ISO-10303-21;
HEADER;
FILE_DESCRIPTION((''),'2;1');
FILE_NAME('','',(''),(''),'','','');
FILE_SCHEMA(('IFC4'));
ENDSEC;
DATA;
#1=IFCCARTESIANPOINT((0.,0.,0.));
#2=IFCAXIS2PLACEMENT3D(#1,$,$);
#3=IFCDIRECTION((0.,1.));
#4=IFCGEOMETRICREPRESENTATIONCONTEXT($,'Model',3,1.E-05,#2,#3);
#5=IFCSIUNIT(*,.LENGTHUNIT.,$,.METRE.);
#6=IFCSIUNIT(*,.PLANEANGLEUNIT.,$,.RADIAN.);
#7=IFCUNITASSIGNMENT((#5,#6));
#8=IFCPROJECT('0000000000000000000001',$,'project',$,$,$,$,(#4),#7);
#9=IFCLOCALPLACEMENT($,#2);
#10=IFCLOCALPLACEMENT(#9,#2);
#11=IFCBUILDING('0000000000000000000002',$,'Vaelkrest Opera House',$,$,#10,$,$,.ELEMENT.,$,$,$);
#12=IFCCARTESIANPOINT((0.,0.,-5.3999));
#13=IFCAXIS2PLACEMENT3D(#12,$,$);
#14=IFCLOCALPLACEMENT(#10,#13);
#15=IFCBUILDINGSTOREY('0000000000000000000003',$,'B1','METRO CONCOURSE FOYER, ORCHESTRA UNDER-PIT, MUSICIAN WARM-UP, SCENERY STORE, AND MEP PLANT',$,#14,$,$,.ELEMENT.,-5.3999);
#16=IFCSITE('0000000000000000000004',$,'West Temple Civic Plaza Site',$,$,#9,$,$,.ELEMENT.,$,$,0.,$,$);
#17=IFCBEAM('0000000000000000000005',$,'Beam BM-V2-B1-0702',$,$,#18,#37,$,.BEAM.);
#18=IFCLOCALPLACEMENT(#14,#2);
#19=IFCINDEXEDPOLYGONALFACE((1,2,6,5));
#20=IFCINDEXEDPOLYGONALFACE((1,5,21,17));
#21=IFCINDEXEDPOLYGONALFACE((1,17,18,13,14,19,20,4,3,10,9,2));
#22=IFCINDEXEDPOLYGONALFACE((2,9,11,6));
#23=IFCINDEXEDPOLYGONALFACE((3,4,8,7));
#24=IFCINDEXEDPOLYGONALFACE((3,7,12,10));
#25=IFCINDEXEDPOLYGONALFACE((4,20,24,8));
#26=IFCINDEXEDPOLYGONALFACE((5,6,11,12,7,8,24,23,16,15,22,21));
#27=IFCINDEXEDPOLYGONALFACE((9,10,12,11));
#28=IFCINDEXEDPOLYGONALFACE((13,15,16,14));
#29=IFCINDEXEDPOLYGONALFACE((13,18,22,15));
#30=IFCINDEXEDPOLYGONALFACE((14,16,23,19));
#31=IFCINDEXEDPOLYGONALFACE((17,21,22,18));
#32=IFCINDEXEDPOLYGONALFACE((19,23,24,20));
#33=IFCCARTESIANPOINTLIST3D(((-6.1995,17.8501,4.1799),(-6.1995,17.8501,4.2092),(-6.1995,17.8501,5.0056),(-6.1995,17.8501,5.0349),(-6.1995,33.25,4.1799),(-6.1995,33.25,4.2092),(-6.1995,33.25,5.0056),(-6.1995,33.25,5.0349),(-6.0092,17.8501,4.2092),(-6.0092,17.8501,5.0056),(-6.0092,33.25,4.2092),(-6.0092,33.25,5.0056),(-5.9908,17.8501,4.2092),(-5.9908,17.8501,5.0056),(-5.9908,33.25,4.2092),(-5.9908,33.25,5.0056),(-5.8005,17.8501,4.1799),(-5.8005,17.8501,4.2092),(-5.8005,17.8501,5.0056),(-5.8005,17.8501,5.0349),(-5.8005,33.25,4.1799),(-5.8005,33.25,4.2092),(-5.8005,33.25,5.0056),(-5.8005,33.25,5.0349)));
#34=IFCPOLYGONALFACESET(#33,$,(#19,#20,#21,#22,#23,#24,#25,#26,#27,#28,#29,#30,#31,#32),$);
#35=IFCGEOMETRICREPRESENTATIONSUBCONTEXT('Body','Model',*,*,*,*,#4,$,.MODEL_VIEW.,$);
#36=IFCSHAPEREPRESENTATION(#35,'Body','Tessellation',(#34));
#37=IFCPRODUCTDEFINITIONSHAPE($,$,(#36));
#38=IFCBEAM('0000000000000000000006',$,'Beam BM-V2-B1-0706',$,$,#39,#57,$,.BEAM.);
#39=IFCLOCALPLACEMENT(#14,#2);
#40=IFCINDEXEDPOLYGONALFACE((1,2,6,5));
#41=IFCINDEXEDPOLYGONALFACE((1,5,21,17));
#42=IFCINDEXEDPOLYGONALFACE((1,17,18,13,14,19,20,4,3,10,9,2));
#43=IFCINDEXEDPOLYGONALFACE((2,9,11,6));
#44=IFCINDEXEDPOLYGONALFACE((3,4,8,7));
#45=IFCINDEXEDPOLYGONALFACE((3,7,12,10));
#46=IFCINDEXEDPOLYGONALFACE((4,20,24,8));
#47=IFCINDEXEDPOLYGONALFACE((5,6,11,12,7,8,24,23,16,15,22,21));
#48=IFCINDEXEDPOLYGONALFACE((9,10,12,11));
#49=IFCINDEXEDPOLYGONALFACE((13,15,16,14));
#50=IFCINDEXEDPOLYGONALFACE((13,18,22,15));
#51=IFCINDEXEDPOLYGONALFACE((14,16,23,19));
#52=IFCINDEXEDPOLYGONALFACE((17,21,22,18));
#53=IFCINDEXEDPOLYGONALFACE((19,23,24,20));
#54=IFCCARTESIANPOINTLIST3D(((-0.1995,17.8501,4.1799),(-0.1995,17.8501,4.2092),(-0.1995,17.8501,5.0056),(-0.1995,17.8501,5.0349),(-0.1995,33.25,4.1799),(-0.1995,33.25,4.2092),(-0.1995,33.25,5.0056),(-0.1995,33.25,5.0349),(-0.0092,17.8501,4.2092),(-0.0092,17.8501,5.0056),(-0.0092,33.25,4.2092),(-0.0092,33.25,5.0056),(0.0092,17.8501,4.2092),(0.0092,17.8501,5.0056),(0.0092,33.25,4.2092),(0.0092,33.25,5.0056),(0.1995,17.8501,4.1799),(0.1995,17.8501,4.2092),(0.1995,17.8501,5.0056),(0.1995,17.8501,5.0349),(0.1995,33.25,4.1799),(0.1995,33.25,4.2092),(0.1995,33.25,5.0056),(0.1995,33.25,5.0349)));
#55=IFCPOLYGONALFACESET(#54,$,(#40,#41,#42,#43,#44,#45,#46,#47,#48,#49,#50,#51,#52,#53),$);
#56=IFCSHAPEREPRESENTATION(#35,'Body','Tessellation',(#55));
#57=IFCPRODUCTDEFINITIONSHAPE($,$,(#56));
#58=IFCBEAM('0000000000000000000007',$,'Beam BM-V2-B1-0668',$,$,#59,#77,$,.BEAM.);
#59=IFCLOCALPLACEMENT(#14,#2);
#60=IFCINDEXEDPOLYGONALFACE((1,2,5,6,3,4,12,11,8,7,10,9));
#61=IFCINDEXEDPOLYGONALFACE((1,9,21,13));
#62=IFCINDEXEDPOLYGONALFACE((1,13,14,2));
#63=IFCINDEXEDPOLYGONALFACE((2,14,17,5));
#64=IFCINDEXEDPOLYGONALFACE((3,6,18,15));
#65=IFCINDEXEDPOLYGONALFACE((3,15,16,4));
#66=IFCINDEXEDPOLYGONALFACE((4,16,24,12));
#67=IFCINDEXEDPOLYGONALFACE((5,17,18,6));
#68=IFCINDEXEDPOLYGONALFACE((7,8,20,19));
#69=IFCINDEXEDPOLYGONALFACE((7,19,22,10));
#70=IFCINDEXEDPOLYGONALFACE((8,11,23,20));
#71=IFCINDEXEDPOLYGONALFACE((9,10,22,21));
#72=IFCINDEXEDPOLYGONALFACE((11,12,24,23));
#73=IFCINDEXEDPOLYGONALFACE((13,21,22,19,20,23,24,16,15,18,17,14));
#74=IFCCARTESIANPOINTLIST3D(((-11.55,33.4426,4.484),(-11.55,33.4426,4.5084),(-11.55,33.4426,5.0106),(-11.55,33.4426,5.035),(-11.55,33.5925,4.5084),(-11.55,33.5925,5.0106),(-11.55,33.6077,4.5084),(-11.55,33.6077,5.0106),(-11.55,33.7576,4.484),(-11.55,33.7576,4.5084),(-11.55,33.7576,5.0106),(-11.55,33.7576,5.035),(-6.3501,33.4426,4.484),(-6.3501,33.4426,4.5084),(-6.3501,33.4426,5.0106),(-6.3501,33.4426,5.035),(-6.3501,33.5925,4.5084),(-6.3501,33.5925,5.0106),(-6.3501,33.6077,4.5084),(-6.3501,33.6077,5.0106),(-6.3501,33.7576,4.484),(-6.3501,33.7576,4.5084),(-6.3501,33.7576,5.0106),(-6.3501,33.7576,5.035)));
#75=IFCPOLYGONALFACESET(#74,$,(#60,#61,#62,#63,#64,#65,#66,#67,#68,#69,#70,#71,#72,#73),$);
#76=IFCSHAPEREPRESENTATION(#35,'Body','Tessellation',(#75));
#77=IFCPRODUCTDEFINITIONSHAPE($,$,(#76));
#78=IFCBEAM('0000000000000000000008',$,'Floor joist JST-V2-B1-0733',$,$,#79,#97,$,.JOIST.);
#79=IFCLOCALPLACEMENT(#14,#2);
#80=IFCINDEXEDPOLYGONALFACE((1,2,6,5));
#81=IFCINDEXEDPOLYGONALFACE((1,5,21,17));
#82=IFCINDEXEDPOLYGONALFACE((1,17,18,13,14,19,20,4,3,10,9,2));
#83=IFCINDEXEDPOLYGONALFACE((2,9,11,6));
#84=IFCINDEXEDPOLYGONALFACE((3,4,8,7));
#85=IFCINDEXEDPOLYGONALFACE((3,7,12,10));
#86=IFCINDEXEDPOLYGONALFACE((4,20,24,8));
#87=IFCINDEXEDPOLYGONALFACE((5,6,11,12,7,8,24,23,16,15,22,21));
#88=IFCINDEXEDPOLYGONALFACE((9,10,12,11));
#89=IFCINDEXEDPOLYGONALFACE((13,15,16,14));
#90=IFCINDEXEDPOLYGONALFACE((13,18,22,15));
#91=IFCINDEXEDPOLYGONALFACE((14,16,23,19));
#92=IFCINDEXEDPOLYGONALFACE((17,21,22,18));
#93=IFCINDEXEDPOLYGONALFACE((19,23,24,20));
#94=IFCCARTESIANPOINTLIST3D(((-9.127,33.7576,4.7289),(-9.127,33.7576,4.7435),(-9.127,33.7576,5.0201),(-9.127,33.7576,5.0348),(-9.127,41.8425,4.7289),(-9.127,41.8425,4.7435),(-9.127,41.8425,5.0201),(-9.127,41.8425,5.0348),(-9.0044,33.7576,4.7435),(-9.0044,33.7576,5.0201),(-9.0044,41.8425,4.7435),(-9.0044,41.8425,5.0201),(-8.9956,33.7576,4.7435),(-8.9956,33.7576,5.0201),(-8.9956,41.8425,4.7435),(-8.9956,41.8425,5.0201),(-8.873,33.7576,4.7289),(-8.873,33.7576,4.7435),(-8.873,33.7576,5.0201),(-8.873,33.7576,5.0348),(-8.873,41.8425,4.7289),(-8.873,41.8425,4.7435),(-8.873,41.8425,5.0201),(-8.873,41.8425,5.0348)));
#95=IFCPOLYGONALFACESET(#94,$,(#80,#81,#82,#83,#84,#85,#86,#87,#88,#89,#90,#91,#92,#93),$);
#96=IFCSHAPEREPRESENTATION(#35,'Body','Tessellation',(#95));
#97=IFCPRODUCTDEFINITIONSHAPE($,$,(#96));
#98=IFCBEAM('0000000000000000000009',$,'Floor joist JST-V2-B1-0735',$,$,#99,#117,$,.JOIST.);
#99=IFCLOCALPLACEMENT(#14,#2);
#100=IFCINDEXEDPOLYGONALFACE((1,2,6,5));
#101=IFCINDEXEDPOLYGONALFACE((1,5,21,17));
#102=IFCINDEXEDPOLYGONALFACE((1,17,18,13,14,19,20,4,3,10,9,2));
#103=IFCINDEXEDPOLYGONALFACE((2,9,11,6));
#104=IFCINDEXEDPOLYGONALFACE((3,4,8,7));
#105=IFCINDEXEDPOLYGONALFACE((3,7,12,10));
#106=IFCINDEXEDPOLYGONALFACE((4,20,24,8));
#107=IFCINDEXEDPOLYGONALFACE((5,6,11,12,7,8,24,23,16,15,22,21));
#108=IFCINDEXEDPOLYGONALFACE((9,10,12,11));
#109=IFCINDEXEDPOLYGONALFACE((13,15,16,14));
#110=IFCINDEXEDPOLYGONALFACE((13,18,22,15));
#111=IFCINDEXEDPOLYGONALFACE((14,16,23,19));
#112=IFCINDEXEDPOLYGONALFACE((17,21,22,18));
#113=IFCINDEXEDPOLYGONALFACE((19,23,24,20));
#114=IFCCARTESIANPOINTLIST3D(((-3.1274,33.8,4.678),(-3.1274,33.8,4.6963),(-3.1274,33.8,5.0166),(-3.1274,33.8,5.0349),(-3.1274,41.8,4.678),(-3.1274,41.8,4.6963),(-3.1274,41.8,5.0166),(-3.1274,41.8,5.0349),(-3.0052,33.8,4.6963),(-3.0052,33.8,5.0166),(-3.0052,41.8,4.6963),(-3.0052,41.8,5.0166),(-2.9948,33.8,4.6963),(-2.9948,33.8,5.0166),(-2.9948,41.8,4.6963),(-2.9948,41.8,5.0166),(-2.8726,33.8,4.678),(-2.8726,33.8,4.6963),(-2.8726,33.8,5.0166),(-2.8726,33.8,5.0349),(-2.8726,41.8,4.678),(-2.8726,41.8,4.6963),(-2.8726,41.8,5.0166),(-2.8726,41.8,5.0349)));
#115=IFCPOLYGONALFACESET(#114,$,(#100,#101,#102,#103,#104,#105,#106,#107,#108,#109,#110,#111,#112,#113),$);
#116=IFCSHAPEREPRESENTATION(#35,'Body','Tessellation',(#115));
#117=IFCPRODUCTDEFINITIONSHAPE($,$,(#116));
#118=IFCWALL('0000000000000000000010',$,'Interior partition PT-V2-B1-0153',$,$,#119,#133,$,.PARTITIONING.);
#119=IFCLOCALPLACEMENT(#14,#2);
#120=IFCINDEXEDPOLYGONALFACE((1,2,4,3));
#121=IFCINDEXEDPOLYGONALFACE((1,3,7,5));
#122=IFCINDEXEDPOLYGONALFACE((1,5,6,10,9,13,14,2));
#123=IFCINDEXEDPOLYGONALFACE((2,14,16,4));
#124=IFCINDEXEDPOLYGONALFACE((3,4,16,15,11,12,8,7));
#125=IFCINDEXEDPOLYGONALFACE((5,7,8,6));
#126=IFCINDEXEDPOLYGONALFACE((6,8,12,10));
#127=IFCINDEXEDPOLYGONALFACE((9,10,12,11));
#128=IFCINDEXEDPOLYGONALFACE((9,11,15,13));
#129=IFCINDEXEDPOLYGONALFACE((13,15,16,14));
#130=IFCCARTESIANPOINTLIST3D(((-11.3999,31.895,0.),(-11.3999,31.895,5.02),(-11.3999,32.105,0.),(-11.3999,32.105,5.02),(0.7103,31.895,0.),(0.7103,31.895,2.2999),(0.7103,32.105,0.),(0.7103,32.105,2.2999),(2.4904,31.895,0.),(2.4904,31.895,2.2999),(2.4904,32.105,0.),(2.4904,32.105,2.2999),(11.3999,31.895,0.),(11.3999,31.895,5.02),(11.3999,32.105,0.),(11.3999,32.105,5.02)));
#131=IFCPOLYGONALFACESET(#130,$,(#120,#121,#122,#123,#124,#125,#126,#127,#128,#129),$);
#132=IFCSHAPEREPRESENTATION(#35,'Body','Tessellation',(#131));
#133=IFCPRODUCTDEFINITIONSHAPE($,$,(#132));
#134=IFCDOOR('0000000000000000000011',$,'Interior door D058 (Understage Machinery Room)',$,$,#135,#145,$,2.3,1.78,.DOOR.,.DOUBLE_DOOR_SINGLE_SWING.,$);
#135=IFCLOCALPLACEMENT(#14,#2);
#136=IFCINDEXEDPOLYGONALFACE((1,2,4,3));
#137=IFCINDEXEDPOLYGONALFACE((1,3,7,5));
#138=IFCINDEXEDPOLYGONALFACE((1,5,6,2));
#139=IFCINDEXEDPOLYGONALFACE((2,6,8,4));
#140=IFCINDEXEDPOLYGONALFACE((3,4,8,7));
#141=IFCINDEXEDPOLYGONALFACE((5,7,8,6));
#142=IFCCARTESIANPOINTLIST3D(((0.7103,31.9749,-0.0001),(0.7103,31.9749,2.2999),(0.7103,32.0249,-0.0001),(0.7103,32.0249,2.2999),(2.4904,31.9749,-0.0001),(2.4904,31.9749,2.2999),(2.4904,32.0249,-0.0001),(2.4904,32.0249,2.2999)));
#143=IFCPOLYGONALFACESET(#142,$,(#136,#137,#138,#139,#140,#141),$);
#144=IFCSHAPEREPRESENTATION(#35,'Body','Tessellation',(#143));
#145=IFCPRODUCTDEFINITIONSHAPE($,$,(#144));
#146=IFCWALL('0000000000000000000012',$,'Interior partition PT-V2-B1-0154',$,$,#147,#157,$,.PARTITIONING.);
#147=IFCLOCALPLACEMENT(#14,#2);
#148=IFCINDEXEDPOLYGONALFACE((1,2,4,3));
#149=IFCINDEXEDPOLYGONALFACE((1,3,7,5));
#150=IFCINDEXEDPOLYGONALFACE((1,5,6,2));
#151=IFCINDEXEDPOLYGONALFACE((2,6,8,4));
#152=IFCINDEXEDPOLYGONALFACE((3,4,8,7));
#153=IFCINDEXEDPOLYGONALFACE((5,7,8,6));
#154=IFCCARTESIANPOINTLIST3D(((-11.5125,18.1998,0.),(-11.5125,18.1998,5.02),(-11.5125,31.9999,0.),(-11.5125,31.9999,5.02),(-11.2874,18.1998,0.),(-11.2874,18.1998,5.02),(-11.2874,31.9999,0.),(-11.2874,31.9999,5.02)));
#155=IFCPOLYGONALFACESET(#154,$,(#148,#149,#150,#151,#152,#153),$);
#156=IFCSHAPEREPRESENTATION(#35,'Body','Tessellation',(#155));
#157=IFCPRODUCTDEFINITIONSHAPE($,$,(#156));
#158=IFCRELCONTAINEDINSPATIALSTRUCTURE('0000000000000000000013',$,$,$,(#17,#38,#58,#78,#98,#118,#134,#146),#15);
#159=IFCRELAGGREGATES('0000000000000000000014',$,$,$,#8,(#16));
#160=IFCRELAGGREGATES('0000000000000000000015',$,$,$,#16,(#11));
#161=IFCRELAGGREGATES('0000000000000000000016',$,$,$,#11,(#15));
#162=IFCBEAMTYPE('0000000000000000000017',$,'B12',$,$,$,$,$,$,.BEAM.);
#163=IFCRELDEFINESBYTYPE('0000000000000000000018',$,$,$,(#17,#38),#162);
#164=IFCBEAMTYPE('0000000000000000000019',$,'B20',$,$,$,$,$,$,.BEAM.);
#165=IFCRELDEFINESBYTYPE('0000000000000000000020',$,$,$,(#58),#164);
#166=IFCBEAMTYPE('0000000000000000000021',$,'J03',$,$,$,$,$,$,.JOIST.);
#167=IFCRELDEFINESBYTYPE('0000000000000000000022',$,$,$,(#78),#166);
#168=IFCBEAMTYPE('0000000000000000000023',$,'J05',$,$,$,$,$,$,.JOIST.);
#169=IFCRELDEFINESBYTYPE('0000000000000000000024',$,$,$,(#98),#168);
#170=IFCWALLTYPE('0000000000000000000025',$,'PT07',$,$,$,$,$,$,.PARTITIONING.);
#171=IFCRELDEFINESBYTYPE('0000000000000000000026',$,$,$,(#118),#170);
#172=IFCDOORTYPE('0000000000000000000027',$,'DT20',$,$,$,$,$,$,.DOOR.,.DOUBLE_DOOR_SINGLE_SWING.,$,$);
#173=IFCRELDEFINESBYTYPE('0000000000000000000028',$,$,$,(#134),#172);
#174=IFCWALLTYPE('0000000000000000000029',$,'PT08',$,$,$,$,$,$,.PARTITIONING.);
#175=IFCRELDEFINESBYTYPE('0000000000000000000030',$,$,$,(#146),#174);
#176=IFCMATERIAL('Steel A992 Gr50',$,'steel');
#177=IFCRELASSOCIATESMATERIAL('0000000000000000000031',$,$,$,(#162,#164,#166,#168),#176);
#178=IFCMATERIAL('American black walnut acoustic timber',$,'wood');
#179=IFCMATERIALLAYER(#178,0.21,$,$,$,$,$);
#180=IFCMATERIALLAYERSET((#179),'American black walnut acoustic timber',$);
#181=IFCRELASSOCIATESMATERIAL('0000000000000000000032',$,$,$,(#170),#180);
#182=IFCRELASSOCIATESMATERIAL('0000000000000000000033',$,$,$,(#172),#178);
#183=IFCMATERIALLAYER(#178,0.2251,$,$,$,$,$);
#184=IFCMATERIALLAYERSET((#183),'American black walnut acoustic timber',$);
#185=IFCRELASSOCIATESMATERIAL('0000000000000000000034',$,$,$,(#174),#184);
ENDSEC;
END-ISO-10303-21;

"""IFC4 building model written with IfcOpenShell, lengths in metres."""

from ifc_helpers import new_model, si_unit, direction, frame, frame_2d, origin, origin_2d, place, context, subcontext, project, spatial, rectangle, i_section, extrude, material, layer, layer_set, material_profile, profile_set, type_object, element, fill, save


model = new_model("IFC4")

# Units and contexts
model_context = context("Model", 3, precision=1e-05, world=origin(), true_north=direction((0.0, 1.0)))
body_context = subcontext(model_context, "Body", "Model", "MODEL_VIEW")
ifc_project = project(units=[si_unit("LENGTHUNIT", "METRE"), si_unit("PLANEANGLEUNIT", "RADIAN")], contexts=[model_context])

# Site, building, storey
site_placement = place(None, origin())
site = spatial("IfcSite", under=ifc_project, at=site_placement, Name="West Temple Civic Plaza Site", CompositionType="ELEMENT", RefElevation=0.0)
building_placement = place(site_placement, origin())
building = spatial("IfcBuilding", under=site, at=building_placement, Name="Vaelkrest Opera House", CompositionType="ELEMENT")
storey_placement = place(building_placement, frame((0.0, 0.0, -5.3999)))
storey = spatial("IfcBuildingStorey", under=building, at=storey_placement, Name="B1", Description="METRO CONCOURSE FOYER, ORCHESTRA UNDER-PIT, MUSICIAN WARM-UP, SCENERY STORE, AND MEP PLANT", CompositionType="ELEMENT", Elevation=-5.3999)

# Beams
ifc_material_1 = material(Name="Steel A992 Gr50", Category="steel")
ifc_material_profile_1 = material_profile(ifc_material_1, i_section(OverallWidth=0.3989, OverallDepth=0.855, WebThickness=0.0183, FlangeThickness=0.0293, at=origin_2d()), Name="W33X201")
ifc_profile_set_1 = profile_set([ifc_material_profile_1], Name="Steel A992 Gr50")
beam_type_1 = type_object("IfcBeamType", Name="B12", PredefinedType="BEAM", material=ifc_profile_set_1)
for number, where, z_axis, x_axis, name in (
    (1, (-6.0, 17.8501, 4.6074), (0.0, 1.0, 0.0), (-1.0, 0.0, 0.0), "Beam BM-V2-B1-0702"),
    (2, (0.0, 17.8501, 4.6074), (0.0, 1.0, 0.0), (-1.0, 0.0, 0.0), "Beam BM-V2-B1-0706"),
):
    element("IfcBeam", number, at=place(storey_placement, frame(where, z_axis=z_axis, x_axis=x_axis)), inside=storey, type_object=beam_type_1, Name=name, PredefinedType="BEAM", context=body_context, shape_type="SweptSolid", body=[
        extrude(i_section(OverallWidth=0.3989, OverallDepth=0.855, WebThickness=0.0183, FlangeThickness=0.0293, at=origin_2d()), origin(), (0.0, 0.0, 1.0), 15.3999),
    ])
ifc_material_profile_2 = material_profile(ifc_material_1, i_section(OverallWidth=0.3149, OverallDepth=0.551, WebThickness=0.0151, FlangeThickness=0.0244, at=origin_2d()), Name="W21X122")
ifc_profile_set_2 = profile_set([ifc_material_profile_2], Name="Steel A992 Gr50")
beam_type_2 = type_object("IfcBeamType", Name="B20", PredefinedType="BEAM", material=ifc_profile_set_2)
beam_1_placement = place(storey_placement, frame((-11.55, 33.6001, 4.7595), z_axis=(1.0, 0.0, 0.0), x_axis=(0.0, 1.0, 0.0)))
element("IfcBeam", 3, at=beam_1_placement, inside=storey, type_object=beam_type_2, Name="Beam BM-V2-B1-0668", PredefinedType="BEAM", context=body_context, shape_type="SweptSolid", body=[
    extrude(i_section(OverallWidth=0.3149, OverallDepth=0.551, WebThickness=0.0151, FlangeThickness=0.0244, at=origin_2d()), origin(), (0.0, 0.0, 1.0), 5.2),
])
ifc_material_profile_3 = material_profile(ifc_material_1, i_section(OverallWidth=0.2539, OverallDepth=0.3059, WebThickness=0.0088, FlangeThickness=0.0146, at=origin_2d()), Name="W12X53")
ifc_profile_set_3 = profile_set([ifc_material_profile_3], Name="Steel A992 Gr50")
beam_type_3 = type_object("IfcBeamType", Name="J03", PredefinedType="JOIST", material=ifc_profile_set_3)
beam_2_placement = place(storey_placement, frame((-9.0, 33.7576, 4.8818), z_axis=(0.0, 1.0, 0.0), x_axis=(-1.0, 0.0, 0.0)))
element("IfcBeam", 4, at=beam_2_placement, inside=storey, type_object=beam_type_3, Name="Floor joist JST-V2-B1-0733", PredefinedType="JOIST", context=body_context, shape_type="SweptSolid", body=[
    extrude(i_section(OverallWidth=0.2539, OverallDepth=0.3059, WebThickness=0.0088, FlangeThickness=0.0146, at=origin_2d()), origin(), (0.0, 0.0, 1.0), 8.085),
])
ifc_material_profile_4 = material_profile(ifc_material_1, i_section(OverallWidth=0.2549, OverallDepth=0.3569, WebThickness=0.0105, FlangeThickness=0.0183, at=origin_2d()), Name="W14X68")
ifc_profile_set_4 = profile_set([ifc_material_profile_4], Name="Steel A992 Gr50")
beam_type_4 = type_object("IfcBeamType", Name="J05", PredefinedType="JOIST", material=ifc_profile_set_4)
beam_3_placement = place(storey_placement, frame((-3.0, 33.8, 4.8564), z_axis=(0.0, 1.0, 0.0), x_axis=(-1.0, 0.0, 0.0)))
element("IfcBeam", 5, at=beam_3_placement, inside=storey, type_object=beam_type_4, Name="Floor joist JST-V2-B1-0735", PredefinedType="JOIST", context=body_context, shape_type="SweptSolid", body=[
    extrude(i_section(OverallWidth=0.2549, OverallDepth=0.3569, WebThickness=0.0105, FlangeThickness=0.0183, at=origin_2d()), origin(), (0.0, 0.0, 1.0), 8.0),
])

# Wall, opening, door
ifc_material_2 = material(Name="American black walnut acoustic timber", Category="wood")
ifc_layer_1 = layer(ifc_material_2, 0.21)
ifc_layer_set_1 = layer_set([ifc_layer_1], Name="American black walnut acoustic timber")
wall_type_1 = type_object("IfcWallType", Name="PT07", PredefinedType="PARTITIONING", material=ifc_layer_set_1)
wall_1_placement = place(storey_placement, frame((-11.3999, 32.0, 0.0), z_axis=(0.0, 0.0, 1.0), x_axis=(1.0, 0.0, 0.0)))
wall_1 = element("IfcWall", 6, at=wall_1_placement, inside=storey, type_object=wall_type_1, Name="Interior partition PT-V2-B1-0153", PredefinedType="PARTITIONING", context=body_context, shape_type="SweptSolid", body=[
    extrude(rectangle(XDim=22.7998, YDim=0.21, at=frame_2d((11.3999, 0.0))), origin(), (0.0, 0.0, 1.0), 5.02),
])
opening_placement = place(wall_1_placement, frame((12.1101, 0.0, 0.0)))
opening = element("IfcOpeningElement", 7, at=opening_placement, cuts=wall_1, PredefinedType="OPENING", context=body_context, shape_type="SweptSolid", body=[
    extrude(rectangle(XDim=1.78, YDim=2.3, at=frame_2d((0.8901, 1.1499))), frame((0.0, 0.115, 0.0), z_axis=(0.0, -1.0, 0.0), x_axis=(1.0, 0.0, 0.0)), (0.0, 0.0, 1.0), 0.23),
])
door_type = type_object("IfcDoorType", Name="DT20", OperationType="DOUBLE_DOOR_SINGLE_SWING", PredefinedType="DOOR", material=ifc_material_2)
door_placement = place(opening_placement, origin())
door = element("IfcDoor", 8, at=door_placement, inside=storey, type_object=door_type, Name="Interior door D058 (Understage Machinery Room)", OperationType="DOUBLE_DOOR_SINGLE_SWING", OverallHeight=2.3, OverallWidth=1.78, PredefinedType="DOOR", context=body_context, shape_type="SweptSolid", body=[
    extrude(rectangle(XDim=1.78, YDim=2.3, at=frame_2d((0.8901, 1.1499))), frame((0.0, 0.0249, 0.0), z_axis=(0.0, -1.0, 0.0), x_axis=(1.0, 0.0, 0.0)), (0.0, 0.0, 1.0), 0.05),
])
fill(opening, door)

# Wall
ifc_layer_2 = layer(ifc_material_2, 0.2251)
ifc_layer_set_2 = layer_set([ifc_layer_2], Name="American black walnut acoustic timber")
wall_type_2 = type_object("IfcWallType", Name="PT08", PredefinedType="PARTITIONING", material=ifc_layer_set_2)
wall_2_placement = place(storey_placement, frame((-11.3999, 18.2, 0.0), z_axis=(0.0, 0.0, 1.0), x_axis=(0.0, 1.0, 0.0)))
element("IfcWall", 9, at=wall_2_placement, inside=storey, type_object=wall_type_2, Name="Interior partition PT-V2-B1-0154", PredefinedType="PARTITIONING", context=body_context, shape_type="SweptSolid", body=[
    extrude(rectangle(XDim=13.8, YDim=0.2251, at=frame_2d((6.8999, 0.0))), origin(), (0.0, 0.0, 1.0), 5.02),
])

save(model, "model.ifc")
